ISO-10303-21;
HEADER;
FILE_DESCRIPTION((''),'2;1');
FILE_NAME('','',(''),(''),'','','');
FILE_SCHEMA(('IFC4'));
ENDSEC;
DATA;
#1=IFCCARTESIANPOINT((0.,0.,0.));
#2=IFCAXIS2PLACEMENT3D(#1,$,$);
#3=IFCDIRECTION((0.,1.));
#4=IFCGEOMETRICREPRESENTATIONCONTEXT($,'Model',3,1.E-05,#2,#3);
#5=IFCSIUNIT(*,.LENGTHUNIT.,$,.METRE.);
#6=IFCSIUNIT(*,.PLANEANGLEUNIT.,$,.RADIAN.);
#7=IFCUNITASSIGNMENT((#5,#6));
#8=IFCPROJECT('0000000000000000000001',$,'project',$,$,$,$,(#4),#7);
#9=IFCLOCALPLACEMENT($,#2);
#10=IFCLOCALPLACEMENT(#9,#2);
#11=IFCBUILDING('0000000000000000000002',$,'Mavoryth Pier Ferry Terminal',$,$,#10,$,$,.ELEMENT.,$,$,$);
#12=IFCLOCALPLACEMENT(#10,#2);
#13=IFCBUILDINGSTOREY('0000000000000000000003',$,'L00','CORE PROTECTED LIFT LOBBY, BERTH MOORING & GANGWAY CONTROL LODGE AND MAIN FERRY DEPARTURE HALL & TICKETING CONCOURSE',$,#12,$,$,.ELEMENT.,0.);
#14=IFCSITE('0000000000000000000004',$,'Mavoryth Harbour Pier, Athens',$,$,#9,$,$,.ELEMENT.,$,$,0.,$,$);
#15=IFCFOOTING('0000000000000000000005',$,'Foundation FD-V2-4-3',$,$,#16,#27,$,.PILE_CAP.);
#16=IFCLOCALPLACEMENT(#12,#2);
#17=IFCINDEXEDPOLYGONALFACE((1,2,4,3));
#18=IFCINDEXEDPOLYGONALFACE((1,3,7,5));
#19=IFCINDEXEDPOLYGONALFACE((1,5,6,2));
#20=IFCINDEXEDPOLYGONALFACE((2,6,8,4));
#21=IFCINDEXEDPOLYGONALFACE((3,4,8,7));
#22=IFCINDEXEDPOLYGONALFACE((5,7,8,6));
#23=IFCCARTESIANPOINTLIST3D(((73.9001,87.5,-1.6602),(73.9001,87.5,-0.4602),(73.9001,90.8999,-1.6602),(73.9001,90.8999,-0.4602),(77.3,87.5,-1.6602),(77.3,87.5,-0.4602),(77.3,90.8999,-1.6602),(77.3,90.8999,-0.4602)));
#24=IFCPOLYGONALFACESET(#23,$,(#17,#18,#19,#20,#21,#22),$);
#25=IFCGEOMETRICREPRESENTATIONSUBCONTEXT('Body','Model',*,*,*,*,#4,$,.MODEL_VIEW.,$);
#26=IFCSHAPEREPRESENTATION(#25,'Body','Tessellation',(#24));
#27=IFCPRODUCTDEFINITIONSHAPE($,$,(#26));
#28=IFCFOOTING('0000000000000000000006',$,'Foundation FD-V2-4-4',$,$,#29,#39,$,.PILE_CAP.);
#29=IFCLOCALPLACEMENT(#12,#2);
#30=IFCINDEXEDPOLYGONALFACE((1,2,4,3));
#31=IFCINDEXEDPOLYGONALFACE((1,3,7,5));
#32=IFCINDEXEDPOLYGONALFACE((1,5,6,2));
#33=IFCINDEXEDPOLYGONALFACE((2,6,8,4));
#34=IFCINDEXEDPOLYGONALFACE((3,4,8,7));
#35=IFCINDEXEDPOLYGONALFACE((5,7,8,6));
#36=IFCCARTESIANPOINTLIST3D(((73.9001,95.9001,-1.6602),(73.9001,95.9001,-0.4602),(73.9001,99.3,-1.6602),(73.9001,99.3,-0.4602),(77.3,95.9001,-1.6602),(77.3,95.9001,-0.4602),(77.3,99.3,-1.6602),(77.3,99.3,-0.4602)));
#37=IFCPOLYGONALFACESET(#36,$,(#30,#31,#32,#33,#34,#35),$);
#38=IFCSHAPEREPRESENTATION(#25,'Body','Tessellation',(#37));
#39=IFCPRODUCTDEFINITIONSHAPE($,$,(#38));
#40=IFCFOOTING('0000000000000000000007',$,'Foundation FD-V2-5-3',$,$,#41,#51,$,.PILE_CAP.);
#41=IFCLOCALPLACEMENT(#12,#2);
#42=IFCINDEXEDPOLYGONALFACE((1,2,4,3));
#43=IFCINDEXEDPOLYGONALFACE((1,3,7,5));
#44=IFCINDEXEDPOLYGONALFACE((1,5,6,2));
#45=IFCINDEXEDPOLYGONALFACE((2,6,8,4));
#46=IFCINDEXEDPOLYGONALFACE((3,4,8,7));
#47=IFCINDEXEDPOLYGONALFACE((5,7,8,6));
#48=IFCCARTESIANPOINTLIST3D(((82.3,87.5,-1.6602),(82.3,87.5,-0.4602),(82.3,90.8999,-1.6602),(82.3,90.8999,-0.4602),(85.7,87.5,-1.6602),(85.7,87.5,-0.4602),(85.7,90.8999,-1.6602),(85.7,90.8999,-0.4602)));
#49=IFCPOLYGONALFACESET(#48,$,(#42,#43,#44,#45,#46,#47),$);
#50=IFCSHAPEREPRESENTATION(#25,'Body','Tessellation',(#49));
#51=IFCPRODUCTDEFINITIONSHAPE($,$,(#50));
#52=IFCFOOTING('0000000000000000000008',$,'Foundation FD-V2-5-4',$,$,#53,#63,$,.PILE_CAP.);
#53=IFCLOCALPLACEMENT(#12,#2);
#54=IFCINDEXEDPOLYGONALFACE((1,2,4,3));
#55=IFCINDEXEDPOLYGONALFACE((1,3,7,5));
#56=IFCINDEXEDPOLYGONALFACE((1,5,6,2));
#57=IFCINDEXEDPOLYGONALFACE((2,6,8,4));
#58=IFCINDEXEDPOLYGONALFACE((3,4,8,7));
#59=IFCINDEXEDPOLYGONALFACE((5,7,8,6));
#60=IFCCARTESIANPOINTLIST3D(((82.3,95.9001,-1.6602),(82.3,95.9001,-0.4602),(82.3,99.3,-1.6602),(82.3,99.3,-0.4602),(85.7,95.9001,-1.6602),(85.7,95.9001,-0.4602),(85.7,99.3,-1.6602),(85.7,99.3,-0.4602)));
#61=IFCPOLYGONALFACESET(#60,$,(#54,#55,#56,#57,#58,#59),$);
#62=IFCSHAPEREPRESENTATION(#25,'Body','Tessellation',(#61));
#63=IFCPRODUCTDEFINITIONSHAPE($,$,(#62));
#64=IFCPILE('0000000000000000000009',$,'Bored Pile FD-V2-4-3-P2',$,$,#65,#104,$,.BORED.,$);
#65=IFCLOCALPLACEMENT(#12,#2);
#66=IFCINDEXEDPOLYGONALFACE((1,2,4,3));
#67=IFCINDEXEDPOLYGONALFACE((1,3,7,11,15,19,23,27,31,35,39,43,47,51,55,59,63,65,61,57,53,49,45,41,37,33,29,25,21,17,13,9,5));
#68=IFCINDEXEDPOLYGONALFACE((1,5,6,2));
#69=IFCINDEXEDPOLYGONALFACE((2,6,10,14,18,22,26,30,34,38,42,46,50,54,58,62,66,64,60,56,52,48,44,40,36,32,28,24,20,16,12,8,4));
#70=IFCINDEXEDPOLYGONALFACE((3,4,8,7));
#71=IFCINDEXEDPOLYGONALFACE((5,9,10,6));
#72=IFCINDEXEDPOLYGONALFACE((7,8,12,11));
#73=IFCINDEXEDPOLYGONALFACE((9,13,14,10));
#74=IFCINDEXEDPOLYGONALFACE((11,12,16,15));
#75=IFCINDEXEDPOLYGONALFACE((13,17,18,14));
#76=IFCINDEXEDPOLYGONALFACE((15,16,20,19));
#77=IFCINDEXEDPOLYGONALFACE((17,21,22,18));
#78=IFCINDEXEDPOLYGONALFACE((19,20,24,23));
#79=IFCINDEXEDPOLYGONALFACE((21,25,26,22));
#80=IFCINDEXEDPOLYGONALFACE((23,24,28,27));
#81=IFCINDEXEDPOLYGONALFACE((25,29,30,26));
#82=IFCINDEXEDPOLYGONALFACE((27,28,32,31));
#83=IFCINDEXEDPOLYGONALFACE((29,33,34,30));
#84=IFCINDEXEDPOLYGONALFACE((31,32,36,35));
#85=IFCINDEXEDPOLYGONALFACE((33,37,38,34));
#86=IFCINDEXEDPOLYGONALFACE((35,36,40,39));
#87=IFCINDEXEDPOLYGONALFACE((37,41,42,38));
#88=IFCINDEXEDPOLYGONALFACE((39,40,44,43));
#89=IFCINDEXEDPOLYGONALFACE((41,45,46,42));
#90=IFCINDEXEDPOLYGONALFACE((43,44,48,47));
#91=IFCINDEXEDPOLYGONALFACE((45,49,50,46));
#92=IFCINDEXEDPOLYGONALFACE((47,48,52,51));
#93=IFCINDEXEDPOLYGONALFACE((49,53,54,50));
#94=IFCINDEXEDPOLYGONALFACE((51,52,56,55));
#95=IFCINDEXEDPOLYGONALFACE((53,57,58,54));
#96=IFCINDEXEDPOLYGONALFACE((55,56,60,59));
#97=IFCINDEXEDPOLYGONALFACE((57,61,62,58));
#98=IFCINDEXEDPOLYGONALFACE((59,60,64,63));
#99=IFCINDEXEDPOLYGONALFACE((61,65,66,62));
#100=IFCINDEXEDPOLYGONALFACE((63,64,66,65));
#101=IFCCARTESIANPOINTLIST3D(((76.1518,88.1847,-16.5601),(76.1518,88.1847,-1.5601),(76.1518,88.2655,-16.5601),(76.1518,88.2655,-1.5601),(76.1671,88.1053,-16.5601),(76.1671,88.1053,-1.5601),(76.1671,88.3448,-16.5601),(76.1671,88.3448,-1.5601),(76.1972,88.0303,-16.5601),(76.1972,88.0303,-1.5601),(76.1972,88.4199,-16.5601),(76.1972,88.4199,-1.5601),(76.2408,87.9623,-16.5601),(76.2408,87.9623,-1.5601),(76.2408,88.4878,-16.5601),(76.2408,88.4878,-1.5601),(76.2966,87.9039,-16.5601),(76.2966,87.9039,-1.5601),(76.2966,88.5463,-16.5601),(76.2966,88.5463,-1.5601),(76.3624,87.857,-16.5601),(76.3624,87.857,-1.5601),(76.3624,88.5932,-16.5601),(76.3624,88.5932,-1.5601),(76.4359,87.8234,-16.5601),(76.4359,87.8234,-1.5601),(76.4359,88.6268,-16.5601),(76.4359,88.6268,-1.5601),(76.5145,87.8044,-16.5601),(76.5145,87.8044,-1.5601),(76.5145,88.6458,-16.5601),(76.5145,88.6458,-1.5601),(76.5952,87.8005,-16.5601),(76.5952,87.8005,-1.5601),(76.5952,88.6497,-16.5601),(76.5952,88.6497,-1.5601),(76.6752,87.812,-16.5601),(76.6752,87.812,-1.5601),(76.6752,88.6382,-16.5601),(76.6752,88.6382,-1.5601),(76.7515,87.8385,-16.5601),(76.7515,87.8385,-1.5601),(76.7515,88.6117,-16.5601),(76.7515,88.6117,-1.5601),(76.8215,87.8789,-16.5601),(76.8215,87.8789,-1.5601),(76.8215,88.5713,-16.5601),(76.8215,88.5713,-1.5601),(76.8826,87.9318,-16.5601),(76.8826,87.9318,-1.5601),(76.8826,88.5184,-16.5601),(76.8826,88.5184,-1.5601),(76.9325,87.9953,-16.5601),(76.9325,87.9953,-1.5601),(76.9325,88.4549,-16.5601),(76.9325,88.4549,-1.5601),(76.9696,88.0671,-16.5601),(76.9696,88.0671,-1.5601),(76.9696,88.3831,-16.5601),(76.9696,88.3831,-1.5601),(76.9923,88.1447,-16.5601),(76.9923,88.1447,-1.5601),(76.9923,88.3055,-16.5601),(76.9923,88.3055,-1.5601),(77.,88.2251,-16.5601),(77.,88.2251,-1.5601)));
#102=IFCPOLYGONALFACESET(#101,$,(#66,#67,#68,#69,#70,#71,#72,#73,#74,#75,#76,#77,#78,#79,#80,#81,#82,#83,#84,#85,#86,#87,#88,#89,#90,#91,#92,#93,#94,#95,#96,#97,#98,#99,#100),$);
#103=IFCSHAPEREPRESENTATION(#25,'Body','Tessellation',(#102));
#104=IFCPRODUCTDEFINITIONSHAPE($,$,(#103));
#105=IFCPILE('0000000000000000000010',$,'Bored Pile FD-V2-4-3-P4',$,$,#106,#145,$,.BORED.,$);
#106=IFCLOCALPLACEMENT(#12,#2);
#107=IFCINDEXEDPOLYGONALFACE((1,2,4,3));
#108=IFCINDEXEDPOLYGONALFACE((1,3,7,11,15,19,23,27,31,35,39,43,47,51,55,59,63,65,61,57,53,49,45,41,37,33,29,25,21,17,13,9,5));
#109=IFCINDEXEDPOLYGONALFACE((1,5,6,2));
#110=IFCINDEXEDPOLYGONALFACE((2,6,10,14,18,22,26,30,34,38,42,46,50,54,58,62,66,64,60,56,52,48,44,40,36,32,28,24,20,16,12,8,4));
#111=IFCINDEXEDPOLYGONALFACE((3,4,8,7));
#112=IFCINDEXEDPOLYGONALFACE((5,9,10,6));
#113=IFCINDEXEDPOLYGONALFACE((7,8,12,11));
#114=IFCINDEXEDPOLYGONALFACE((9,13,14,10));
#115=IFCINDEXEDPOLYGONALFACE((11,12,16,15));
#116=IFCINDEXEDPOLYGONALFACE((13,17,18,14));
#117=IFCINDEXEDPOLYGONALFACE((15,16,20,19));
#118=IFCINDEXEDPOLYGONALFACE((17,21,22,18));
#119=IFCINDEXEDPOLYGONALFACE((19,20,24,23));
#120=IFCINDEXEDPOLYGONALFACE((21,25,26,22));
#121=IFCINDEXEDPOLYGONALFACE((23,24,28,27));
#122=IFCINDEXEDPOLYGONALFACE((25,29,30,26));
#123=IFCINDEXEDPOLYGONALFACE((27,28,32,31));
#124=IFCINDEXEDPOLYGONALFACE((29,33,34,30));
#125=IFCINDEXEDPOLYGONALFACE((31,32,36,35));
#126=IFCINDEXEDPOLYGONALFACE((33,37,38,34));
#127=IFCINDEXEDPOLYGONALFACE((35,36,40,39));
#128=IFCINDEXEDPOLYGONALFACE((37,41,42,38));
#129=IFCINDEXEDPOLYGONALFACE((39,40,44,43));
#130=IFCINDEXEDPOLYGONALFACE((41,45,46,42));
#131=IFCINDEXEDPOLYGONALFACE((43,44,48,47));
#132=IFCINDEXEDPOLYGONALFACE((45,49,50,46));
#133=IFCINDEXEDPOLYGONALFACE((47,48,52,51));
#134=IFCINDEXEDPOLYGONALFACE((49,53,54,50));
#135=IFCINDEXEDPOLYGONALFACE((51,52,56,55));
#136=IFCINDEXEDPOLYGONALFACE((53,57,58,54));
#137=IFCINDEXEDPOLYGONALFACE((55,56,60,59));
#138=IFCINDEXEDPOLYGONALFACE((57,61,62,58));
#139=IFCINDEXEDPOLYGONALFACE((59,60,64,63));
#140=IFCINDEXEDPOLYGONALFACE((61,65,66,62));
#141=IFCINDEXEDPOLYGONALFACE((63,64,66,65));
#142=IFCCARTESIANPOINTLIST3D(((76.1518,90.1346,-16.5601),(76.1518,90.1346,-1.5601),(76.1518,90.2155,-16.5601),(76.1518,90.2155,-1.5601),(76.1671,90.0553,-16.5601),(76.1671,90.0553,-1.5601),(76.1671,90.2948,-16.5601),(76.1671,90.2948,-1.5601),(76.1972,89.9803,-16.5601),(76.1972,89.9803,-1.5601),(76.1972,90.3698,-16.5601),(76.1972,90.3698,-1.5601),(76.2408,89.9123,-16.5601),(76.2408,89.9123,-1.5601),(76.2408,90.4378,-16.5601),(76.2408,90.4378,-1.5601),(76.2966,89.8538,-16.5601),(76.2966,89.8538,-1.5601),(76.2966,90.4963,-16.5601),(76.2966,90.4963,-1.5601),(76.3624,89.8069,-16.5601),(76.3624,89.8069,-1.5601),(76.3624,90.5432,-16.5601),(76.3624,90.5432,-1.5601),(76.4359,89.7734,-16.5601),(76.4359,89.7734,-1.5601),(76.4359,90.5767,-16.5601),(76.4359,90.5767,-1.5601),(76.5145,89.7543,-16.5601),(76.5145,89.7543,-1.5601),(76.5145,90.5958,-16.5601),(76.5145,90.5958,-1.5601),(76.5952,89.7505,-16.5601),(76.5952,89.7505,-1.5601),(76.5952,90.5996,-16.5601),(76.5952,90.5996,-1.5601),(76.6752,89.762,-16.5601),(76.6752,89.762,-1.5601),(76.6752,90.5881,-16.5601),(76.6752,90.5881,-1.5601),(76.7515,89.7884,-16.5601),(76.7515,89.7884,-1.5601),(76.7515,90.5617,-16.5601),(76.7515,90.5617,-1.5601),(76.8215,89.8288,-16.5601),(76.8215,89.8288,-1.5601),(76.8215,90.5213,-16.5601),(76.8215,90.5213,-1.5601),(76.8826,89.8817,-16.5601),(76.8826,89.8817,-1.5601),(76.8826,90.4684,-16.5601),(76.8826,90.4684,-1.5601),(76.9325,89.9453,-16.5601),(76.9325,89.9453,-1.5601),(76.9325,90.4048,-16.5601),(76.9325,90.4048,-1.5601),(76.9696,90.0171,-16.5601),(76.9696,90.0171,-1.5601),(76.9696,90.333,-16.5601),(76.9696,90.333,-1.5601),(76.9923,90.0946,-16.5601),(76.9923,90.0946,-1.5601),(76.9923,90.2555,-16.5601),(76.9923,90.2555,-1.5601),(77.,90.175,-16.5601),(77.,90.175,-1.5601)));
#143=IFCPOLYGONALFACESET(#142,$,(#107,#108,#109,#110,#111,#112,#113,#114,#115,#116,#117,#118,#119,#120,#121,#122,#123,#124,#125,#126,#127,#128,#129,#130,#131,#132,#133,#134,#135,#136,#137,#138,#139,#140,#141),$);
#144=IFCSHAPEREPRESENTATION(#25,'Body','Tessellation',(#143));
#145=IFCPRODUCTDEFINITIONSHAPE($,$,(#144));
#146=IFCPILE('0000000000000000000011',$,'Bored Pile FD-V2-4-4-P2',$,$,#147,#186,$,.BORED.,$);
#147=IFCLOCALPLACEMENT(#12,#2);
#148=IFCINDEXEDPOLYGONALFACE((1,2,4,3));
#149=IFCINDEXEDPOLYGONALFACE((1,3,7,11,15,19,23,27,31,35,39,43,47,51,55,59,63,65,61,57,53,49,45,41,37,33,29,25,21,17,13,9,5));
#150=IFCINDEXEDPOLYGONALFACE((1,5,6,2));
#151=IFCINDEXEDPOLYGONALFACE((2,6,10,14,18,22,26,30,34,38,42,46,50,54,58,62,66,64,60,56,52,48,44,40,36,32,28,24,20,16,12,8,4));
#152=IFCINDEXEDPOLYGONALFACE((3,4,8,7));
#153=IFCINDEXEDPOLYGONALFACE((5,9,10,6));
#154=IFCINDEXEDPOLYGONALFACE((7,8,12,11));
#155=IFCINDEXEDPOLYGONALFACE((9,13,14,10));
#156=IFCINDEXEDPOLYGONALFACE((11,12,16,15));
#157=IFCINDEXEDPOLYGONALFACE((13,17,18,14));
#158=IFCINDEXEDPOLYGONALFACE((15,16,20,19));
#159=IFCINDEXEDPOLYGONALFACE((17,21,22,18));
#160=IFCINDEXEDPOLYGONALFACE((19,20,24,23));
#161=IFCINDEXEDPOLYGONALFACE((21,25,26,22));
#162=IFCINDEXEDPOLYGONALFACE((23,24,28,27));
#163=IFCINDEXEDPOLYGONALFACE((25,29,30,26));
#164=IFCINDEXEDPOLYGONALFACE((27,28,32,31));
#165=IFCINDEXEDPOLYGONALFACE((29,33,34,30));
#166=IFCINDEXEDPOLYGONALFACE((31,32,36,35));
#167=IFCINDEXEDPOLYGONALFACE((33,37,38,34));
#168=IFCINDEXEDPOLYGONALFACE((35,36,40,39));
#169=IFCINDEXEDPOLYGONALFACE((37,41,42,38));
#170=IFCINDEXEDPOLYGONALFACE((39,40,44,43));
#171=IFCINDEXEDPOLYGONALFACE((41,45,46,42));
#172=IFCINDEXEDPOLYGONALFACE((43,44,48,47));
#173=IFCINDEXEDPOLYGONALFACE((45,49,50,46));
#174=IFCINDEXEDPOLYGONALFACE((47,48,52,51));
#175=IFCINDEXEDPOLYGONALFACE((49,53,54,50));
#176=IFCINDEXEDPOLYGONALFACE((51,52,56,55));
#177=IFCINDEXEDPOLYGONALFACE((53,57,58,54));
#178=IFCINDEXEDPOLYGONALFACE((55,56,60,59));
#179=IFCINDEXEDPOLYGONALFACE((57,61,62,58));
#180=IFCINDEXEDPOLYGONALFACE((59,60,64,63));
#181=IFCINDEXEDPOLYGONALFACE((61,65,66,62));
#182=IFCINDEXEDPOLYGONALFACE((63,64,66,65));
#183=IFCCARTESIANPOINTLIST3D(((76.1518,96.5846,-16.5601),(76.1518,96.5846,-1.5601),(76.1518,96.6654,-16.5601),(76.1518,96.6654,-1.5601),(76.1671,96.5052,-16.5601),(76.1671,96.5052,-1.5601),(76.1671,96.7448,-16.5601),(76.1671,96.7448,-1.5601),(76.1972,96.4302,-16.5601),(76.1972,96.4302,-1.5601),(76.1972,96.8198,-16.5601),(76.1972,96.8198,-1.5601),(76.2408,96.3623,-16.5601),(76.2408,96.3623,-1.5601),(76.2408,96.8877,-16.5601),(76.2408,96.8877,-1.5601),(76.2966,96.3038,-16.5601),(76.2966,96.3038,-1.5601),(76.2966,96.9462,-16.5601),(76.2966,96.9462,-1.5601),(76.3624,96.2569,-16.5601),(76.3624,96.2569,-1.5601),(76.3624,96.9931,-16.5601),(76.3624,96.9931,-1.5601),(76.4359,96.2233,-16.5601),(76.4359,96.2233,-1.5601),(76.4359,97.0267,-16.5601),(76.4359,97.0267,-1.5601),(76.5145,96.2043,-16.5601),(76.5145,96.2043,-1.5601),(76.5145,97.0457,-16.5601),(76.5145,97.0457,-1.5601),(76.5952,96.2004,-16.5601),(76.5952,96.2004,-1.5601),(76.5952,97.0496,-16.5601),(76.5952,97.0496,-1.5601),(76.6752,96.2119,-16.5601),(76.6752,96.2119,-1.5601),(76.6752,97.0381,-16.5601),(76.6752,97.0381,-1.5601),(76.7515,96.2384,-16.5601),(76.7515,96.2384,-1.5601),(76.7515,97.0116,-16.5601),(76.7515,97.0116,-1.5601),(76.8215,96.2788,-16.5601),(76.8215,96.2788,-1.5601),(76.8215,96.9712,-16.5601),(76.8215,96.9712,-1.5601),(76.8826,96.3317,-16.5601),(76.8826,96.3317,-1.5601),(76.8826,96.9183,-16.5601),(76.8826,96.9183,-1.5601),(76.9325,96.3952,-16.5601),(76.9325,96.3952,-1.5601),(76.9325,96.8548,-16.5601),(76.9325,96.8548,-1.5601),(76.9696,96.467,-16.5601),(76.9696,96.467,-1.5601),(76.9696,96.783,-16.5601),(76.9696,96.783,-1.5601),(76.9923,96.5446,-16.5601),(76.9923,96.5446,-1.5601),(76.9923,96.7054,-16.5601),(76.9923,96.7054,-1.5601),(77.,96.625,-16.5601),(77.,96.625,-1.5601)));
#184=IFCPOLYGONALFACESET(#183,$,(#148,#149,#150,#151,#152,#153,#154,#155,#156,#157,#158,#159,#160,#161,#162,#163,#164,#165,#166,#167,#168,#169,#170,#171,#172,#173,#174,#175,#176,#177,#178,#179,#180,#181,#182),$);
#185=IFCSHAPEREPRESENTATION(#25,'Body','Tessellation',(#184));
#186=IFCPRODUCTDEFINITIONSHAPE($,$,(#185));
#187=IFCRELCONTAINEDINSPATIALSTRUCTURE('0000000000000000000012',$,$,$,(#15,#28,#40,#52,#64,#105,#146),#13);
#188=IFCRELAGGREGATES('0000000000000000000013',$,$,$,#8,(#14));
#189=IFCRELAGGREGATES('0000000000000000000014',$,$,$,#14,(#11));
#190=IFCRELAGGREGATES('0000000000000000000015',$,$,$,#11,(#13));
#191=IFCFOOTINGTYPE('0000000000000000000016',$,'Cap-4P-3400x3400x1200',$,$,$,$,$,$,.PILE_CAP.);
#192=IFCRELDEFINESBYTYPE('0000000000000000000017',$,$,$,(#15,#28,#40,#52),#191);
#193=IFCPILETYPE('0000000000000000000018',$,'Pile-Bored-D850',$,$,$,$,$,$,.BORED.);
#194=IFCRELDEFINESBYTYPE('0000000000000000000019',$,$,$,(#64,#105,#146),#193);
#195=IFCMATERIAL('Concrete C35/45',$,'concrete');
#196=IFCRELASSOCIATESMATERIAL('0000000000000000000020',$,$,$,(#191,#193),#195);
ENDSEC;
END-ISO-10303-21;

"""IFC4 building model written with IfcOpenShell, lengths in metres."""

from ifc_helpers import new_model, si_unit, direction, frame, origin, origin_2d, place, context, subcontext, project, spatial, rectangle, circle, extrude, material, material_profile, profile_set, type_object, element, save


model = new_model("IFC4")

# Units and contexts
model_context = context("Model", 3, precision=1e-05, world=origin(), true_north=direction((0.0, 1.0)))
body_context = subcontext(model_context, "Body", "Model", "MODEL_VIEW")
ifc_project = project(units=[si_unit("LENGTHUNIT", "METRE"), si_unit("PLANEANGLEUNIT", "RADIAN")], contexts=[model_context])

# Site, building, storey
site_placement = place(None, origin())
site = spatial("IfcSite", under=ifc_project, at=site_placement, Name="Mavoryth Harbour Pier, Athens", CompositionType="ELEMENT", RefElevation=0.0)
building_placement = place(site_placement, origin())
building = spatial("IfcBuilding", under=site, at=building_placement, Name="Mavoryth Pier Ferry Terminal", CompositionType="ELEMENT")
storey_placement = place(building_placement, origin())
storey = spatial("IfcBuildingStorey", under=building, at=storey_placement, Name="L00", Description="CORE PROTECTED LIFT LOBBY, BERTH MOORING & GANGWAY CONTROL LODGE AND MAIN FERRY DEPARTURE HALL & TICKETING CONCOURSE", CompositionType="ELEMENT", Elevation=0.0)

# Footings
ifc_material_1 = material(Name="Concrete C35/45", Category="concrete")
footing_type_1 = type_object("IfcFootingType", Name="Cap-4P-3400x3400x1200", PredefinedType="PILE_CAP", material=ifc_material_1)
for number, where, z_axis, x_axis, name in (
    (1, (75.6001, 89.2, -1.6602), (0.0, 0.0, 1.0), (1.0, 0.0, 0.0), "Foundation FD-V2-4-3"),
    (2, (75.6001, 97.6001, -1.6602), (0.0, 0.0, 1.0), (1.0, 0.0, 0.0), "Foundation FD-V2-4-4"),
    (3, (84.0, 89.2, -1.6602), (0.0, 0.0, 1.0), (1.0, 0.0, 0.0), "Foundation FD-V2-5-3"),
    (4, (84.0, 97.6001, -1.6602), (0.0, 0.0, 1.0), (1.0, 0.0, 0.0), "Foundation FD-V2-5-4"),
):
    element("IfcFooting", number, at=place(storey_placement, frame(where, z_axis=z_axis, x_axis=x_axis)), inside=storey, type_object=footing_type_1, Name=name, PredefinedType="PILE_CAP", context=body_context, shape_type="SweptSolid", body=[
        extrude(rectangle(XDim=3.3999, YDim=3.3999, at=origin_2d()), origin(), (0.0, 0.0, 1.0), 1.2),
    ])

# Piles
ifc_material_profile_1 = material_profile(ifc_material_1, circle(Radius=0.425, at=origin_2d()), Name="PILE D850", Category="concrete")
ifc_profile_set_1 = profile_set([ifc_material_profile_1], Name="Concrete C35/45 - PILE D850")
pile_type = type_object("IfcPileType", Name="Pile-Bored-D850", PredefinedType="BORED", material=ifc_profile_set_1)
for number, where, z_axis, x_axis, name in (
    (5, (76.575, 88.2251, -1.5601), (0.0, 0.0, -1.0), (1.0, 0.0, 0.0), "Bored Pile FD-V2-4-3-P2"),
    (6, (76.575, 90.175, -1.5601), (0.0, 0.0, -1.0), (1.0, 0.0, 0.0), "Bored Pile FD-V2-4-3-P4"),
    (7, (76.575, 96.625, -1.5601), (0.0, 0.0, -1.0), (1.0, 0.0, 0.0), "Bored Pile FD-V2-4-4-P2"),
):
    element("IfcPile", number, at=place(storey_placement, frame(where, z_axis=z_axis, x_axis=x_axis)), inside=storey, type_object=pile_type, Name=name, PredefinedType="BORED", context=body_context, shape_type="SweptSolid", body=[
        extrude(circle(Radius=0.425, at=origin_2d()), origin(), (0.0, 0.0, 1.0), 15.0),
    ])

save(model, "model.ifc")
